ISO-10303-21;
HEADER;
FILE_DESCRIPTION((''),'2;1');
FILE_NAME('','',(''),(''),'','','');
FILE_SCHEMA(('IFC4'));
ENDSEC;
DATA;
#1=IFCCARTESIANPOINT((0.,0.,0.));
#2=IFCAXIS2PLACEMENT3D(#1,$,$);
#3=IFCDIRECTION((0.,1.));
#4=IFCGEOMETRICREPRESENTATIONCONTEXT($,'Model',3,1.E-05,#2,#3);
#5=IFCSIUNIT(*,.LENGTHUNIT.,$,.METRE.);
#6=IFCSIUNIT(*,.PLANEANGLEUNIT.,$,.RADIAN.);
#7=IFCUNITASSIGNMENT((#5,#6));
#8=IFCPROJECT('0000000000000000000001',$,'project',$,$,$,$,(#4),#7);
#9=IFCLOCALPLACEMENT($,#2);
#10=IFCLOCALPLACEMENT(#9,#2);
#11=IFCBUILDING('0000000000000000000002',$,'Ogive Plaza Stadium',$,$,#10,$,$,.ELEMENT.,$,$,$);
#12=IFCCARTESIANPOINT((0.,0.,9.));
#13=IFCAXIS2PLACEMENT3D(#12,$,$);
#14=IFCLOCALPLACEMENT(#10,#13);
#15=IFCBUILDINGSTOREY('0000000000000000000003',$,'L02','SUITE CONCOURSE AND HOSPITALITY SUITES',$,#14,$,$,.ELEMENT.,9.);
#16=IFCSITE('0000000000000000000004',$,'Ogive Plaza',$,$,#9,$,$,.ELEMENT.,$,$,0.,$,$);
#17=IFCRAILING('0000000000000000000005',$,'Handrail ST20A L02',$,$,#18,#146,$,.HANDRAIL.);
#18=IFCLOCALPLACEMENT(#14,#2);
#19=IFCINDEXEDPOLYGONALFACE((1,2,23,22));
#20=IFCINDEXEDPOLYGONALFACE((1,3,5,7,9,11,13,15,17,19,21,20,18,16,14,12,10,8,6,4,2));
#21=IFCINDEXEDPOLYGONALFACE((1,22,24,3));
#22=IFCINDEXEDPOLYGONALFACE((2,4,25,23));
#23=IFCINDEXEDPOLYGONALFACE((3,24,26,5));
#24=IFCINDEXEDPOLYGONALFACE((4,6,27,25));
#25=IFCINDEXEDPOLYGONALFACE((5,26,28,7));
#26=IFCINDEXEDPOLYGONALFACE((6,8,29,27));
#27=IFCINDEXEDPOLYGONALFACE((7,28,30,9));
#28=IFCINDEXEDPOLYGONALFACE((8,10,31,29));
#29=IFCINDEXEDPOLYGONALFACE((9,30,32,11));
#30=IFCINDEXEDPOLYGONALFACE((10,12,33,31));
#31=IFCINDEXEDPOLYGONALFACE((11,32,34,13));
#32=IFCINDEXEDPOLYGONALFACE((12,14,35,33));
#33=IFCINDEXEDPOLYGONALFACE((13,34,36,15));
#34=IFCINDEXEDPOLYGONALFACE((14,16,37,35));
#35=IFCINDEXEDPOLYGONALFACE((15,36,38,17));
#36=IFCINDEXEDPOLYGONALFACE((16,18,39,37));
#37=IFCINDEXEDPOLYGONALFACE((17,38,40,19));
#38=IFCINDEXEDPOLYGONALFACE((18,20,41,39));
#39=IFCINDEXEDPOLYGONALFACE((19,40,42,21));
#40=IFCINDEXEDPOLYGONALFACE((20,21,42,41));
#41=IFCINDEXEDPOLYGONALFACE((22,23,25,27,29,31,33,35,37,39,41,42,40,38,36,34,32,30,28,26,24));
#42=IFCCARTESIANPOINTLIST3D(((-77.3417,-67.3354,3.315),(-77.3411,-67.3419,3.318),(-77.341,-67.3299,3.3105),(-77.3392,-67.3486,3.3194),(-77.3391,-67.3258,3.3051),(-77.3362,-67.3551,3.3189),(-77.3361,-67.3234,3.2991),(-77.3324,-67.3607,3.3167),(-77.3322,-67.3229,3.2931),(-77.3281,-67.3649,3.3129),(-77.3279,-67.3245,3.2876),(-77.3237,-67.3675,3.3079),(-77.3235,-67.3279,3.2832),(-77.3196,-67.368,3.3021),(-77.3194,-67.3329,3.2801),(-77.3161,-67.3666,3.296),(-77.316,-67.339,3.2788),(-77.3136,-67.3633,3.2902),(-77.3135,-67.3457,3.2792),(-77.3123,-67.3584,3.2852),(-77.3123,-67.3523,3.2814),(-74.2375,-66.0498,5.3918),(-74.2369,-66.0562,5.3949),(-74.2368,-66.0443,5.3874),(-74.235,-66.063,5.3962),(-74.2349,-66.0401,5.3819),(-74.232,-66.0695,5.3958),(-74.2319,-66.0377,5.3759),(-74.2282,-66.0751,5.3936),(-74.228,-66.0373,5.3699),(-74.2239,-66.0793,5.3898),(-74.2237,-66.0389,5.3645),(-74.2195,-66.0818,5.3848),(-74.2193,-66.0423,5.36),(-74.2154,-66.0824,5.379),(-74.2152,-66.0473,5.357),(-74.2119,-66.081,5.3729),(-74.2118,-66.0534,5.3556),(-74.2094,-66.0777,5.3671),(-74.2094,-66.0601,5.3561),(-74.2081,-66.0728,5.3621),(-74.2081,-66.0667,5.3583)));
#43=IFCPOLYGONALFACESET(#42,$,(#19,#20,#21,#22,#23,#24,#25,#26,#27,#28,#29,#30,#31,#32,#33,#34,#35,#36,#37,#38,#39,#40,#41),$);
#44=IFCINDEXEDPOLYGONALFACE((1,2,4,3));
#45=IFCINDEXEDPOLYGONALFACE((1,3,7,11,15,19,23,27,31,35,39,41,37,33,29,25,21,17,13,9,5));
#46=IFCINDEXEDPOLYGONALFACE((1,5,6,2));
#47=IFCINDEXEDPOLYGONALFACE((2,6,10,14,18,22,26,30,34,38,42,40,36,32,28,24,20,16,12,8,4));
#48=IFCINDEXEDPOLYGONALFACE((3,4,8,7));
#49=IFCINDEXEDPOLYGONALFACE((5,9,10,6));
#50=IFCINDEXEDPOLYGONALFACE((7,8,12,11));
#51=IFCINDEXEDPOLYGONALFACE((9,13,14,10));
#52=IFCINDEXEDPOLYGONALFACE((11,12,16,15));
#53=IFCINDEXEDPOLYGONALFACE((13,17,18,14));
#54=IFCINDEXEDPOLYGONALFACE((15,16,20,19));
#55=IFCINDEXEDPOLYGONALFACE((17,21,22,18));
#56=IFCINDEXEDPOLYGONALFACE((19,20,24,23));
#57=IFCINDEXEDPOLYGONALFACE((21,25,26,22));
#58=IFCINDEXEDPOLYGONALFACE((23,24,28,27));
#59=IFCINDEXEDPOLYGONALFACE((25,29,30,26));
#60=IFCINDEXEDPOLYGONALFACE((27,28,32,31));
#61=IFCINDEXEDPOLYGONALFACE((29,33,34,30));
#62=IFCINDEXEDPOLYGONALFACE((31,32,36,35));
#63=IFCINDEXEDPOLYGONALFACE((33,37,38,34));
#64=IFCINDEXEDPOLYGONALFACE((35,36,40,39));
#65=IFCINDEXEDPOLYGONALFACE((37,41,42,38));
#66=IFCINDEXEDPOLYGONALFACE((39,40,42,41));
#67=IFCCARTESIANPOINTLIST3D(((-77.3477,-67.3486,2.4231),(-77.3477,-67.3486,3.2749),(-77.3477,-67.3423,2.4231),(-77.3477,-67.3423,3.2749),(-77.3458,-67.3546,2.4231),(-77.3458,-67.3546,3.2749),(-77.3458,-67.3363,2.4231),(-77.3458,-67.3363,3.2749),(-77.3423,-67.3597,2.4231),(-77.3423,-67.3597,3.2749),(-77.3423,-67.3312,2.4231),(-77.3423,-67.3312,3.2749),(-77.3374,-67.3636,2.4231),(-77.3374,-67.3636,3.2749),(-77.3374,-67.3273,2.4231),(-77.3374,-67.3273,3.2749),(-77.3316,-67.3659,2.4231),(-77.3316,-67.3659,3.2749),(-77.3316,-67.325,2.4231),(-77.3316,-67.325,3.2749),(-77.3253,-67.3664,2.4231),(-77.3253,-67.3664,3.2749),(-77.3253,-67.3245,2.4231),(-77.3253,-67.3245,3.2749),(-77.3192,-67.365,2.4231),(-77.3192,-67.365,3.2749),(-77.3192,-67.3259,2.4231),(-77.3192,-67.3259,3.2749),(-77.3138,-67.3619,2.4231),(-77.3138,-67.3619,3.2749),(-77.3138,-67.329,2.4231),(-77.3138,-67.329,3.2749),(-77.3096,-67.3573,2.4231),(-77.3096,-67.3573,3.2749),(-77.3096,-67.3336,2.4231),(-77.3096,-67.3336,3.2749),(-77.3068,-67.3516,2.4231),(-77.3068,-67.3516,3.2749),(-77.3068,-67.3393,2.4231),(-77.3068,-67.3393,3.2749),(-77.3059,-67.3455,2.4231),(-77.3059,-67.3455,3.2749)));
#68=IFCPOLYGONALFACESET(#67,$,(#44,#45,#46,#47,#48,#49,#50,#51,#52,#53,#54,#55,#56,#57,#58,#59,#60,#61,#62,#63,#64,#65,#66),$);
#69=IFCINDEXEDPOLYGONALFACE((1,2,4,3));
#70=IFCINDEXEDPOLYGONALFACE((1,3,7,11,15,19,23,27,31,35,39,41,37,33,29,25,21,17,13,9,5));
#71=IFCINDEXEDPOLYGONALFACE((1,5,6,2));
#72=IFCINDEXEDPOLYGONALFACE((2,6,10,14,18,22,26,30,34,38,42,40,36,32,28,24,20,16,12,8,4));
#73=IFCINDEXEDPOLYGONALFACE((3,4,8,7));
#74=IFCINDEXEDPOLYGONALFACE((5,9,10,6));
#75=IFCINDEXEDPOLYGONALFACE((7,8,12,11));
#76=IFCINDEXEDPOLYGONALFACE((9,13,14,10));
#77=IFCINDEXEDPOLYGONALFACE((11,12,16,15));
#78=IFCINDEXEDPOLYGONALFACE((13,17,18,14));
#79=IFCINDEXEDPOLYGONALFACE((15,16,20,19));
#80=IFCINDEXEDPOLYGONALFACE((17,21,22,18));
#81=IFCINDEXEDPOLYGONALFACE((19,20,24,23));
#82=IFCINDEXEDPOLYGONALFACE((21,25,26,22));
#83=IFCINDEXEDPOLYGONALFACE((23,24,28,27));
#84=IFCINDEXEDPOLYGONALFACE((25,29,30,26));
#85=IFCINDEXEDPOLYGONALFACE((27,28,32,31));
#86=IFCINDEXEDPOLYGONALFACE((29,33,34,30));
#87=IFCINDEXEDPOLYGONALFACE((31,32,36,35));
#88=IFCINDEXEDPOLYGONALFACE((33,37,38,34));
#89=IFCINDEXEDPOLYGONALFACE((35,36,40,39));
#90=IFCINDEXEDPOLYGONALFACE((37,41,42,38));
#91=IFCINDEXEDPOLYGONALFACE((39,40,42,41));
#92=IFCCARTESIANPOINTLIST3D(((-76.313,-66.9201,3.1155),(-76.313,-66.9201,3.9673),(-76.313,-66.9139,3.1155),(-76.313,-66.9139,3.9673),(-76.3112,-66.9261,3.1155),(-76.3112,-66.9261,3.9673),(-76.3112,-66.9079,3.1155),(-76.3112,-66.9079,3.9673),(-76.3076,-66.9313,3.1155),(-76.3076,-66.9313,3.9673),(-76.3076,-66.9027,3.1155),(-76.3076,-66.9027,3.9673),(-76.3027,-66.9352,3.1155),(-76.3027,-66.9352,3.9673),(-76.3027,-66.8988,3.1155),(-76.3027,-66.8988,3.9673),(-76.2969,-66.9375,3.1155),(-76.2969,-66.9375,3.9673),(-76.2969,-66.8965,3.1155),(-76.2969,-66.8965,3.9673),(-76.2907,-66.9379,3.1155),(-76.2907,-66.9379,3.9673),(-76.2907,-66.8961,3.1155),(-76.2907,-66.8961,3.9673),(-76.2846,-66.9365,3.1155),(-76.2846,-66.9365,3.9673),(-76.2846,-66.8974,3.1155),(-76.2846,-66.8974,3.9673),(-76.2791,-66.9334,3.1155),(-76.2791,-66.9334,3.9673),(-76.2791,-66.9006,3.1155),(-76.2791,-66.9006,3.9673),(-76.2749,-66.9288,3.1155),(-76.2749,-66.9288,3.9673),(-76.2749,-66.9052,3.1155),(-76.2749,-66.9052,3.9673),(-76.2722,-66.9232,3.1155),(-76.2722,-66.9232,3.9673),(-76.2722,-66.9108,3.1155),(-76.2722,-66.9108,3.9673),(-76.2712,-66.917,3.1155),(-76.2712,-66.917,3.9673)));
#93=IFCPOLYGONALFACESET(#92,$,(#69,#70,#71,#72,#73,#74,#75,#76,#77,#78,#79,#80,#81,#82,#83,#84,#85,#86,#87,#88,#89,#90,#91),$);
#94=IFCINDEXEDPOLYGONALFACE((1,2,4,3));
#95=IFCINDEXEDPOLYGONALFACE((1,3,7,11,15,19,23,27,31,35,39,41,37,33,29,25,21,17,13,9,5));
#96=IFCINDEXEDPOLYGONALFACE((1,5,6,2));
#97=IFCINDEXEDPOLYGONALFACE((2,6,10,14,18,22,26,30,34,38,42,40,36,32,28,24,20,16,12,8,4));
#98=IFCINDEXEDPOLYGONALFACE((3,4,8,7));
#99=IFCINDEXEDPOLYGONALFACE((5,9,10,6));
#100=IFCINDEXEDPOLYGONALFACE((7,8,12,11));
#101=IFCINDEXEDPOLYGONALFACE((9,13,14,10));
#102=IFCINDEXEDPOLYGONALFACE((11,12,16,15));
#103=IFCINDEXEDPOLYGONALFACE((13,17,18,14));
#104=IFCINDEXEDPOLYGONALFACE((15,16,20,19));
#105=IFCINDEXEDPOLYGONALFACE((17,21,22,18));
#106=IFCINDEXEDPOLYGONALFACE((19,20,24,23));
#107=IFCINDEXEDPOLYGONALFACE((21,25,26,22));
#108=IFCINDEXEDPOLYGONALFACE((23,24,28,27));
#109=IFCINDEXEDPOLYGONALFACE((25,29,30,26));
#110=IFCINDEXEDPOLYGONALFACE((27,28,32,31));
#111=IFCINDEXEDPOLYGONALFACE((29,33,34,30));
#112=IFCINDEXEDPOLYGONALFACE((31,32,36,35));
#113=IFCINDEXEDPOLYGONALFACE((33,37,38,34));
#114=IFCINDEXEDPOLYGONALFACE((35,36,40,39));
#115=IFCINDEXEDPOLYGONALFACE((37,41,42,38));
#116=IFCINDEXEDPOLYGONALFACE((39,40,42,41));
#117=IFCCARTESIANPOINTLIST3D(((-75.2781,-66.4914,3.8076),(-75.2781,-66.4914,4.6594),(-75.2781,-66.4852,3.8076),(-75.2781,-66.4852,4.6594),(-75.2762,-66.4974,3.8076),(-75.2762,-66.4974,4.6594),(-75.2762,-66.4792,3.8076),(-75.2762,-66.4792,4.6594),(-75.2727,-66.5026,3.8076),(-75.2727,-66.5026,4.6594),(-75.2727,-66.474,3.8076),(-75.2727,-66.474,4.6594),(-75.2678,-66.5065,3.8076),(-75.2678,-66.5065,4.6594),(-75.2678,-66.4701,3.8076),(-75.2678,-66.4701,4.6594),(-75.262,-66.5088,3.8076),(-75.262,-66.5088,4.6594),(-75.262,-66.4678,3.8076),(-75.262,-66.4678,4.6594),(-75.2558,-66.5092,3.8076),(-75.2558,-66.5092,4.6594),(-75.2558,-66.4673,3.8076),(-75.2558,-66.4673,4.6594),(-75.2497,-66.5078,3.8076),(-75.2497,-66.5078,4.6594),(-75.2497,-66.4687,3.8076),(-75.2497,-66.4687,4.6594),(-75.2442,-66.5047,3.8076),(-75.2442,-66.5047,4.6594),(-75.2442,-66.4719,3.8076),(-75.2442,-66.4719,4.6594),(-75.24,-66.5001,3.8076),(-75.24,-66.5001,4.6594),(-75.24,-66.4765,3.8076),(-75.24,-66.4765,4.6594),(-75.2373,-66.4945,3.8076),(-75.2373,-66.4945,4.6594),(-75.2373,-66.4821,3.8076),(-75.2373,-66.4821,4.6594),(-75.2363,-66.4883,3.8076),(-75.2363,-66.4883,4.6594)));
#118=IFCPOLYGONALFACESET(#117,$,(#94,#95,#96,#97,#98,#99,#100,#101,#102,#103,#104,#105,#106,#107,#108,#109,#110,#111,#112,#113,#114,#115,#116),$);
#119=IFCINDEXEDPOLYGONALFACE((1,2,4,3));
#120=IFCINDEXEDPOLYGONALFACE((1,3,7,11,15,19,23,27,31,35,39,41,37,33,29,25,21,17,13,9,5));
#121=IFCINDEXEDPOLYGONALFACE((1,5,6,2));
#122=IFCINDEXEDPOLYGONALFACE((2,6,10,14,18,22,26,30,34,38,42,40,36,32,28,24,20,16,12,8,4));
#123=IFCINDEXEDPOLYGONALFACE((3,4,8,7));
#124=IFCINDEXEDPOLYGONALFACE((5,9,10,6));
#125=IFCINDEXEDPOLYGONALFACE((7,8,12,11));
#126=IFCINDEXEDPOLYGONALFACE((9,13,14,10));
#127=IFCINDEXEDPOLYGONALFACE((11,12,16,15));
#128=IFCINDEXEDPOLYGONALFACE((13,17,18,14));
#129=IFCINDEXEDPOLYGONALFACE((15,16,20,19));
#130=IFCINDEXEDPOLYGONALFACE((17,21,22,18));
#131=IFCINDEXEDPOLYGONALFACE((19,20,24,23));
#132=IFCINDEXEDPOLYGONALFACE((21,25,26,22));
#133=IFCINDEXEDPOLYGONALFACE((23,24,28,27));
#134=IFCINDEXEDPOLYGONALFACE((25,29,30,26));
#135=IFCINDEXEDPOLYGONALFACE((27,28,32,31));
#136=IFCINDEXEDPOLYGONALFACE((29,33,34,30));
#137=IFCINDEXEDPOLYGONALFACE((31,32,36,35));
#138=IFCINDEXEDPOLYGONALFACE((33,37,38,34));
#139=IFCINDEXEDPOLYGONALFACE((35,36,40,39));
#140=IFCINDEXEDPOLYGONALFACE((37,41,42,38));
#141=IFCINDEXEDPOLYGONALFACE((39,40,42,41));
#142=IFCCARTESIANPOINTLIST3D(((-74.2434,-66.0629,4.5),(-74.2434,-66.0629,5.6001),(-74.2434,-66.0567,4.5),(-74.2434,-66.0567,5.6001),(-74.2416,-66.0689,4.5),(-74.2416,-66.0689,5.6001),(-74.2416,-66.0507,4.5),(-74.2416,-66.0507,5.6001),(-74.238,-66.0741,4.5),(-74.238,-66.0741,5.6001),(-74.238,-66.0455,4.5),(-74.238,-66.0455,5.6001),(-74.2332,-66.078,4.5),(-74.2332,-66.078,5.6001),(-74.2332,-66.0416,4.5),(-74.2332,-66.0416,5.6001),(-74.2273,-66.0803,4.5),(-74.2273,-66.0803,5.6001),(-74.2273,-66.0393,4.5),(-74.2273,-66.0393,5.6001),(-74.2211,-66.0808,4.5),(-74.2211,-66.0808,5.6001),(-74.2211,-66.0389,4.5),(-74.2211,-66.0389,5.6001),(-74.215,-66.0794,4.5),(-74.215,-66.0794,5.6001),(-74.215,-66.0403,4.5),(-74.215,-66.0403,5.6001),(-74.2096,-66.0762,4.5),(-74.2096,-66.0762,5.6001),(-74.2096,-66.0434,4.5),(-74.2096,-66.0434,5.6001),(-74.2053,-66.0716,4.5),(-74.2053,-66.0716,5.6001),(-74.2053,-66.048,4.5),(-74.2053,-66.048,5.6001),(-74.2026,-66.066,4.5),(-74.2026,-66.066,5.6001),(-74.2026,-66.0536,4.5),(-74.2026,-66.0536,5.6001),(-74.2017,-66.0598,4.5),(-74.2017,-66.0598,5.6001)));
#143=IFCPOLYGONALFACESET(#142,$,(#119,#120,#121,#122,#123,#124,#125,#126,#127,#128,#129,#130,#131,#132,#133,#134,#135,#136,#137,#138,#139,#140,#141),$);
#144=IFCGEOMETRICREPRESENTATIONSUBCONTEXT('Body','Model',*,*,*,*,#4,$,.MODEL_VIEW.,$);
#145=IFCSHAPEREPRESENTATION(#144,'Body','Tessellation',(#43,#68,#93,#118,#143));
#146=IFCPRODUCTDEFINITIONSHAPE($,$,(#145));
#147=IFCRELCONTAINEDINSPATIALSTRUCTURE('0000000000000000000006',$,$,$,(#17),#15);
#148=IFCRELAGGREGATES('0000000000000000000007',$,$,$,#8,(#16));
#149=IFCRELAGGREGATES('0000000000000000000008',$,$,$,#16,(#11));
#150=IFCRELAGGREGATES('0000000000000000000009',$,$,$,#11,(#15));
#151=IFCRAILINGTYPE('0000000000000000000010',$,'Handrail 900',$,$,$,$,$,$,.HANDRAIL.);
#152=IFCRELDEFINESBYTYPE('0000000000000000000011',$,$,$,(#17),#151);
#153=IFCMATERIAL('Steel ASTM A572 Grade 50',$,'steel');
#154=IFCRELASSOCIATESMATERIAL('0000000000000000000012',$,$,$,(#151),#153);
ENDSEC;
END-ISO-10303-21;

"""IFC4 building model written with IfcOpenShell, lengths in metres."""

from ifc_helpers import new_model, si_unit, direction, frame, origin, origin_2d, place, context, subcontext, project, spatial, circle, extrude, material, type_object, element, save


model = new_model("IFC4")

# Units and contexts
model_context = context("Model", 3, precision=1e-05, world=origin(), true_north=direction((0.0, 1.0)))
body_context = subcontext(model_context, "Body", "Model", "MODEL_VIEW")
ifc_project = project(units=[si_unit("LENGTHUNIT", "METRE"), si_unit("PLANEANGLEUNIT", "RADIAN")], contexts=[model_context])

# Site, building, storey
site_placement = place(None, origin())
site = spatial("IfcSite", under=ifc_project, at=site_placement, Name="Ogive Plaza", CompositionType="ELEMENT", RefElevation=0.0)
building_placement = place(site_placement, origin())
building = spatial("IfcBuilding", under=site, at=building_placement, Name="Ogive Plaza Stadium", CompositionType="ELEMENT")
storey_placement = place(building_placement, frame((0.0, 0.0, 9.0)))
storey = spatial("IfcBuildingStorey", under=building, at=storey_placement, Name="L02", Description="SUITE CONCOURSE AND HOSPITALITY SUITES", CompositionType="ELEMENT", Elevation=9.0)

# Railing
ifc_material_1 = material(Name="Steel ASTM A572 Grade 50", Category="steel")
railing_type_1 = type_object("IfcRailingType", Name="Handrail 900", PredefinedType="HANDRAIL", material=ifc_material_1)
railing_1_placement = place(storey_placement, frame((-77.3269, -67.3455, 2.4231)))
element("IfcRailing", 1, at=railing_1_placement, inside=storey, type_object=railing_type_1, Name="Handrail ST20A L02", PredefinedType="HANDRAIL", context=body_context, shape_type="SweptSolid", body=[
    extrude(circle(Radius=0.0239, at=origin_2d()), frame((0.0, 0.0, 0.876), z_axis=(0.785879, 0.325477, 0.525794), x_axis=(-0.382638, 0.923898, 0.0)), (0.0, 0.0, 1.0), 3.95),
    extrude(circle(Radius=0.021, at=origin_2d()), origin(), (0.0, 0.0, 1.0), 0.8518),
    extrude(circle(Radius=0.021, at=origin_2d()), frame((1.0347, 0.4285, 0.6924)), (0.0, 0.0, 1.0), 0.8518),
    extrude(circle(Radius=0.021, at=origin_2d()), frame((2.0696, 0.8572, 1.3845)), (0.0, 0.0, 1.0), 0.8518),
    extrude(circle(Radius=0.021, at=origin_2d()), frame((3.1042, 1.2856, 2.0769)), (0.0, 0.0, 1.0), 1.1001),
])

save(model, "model.ifc")
